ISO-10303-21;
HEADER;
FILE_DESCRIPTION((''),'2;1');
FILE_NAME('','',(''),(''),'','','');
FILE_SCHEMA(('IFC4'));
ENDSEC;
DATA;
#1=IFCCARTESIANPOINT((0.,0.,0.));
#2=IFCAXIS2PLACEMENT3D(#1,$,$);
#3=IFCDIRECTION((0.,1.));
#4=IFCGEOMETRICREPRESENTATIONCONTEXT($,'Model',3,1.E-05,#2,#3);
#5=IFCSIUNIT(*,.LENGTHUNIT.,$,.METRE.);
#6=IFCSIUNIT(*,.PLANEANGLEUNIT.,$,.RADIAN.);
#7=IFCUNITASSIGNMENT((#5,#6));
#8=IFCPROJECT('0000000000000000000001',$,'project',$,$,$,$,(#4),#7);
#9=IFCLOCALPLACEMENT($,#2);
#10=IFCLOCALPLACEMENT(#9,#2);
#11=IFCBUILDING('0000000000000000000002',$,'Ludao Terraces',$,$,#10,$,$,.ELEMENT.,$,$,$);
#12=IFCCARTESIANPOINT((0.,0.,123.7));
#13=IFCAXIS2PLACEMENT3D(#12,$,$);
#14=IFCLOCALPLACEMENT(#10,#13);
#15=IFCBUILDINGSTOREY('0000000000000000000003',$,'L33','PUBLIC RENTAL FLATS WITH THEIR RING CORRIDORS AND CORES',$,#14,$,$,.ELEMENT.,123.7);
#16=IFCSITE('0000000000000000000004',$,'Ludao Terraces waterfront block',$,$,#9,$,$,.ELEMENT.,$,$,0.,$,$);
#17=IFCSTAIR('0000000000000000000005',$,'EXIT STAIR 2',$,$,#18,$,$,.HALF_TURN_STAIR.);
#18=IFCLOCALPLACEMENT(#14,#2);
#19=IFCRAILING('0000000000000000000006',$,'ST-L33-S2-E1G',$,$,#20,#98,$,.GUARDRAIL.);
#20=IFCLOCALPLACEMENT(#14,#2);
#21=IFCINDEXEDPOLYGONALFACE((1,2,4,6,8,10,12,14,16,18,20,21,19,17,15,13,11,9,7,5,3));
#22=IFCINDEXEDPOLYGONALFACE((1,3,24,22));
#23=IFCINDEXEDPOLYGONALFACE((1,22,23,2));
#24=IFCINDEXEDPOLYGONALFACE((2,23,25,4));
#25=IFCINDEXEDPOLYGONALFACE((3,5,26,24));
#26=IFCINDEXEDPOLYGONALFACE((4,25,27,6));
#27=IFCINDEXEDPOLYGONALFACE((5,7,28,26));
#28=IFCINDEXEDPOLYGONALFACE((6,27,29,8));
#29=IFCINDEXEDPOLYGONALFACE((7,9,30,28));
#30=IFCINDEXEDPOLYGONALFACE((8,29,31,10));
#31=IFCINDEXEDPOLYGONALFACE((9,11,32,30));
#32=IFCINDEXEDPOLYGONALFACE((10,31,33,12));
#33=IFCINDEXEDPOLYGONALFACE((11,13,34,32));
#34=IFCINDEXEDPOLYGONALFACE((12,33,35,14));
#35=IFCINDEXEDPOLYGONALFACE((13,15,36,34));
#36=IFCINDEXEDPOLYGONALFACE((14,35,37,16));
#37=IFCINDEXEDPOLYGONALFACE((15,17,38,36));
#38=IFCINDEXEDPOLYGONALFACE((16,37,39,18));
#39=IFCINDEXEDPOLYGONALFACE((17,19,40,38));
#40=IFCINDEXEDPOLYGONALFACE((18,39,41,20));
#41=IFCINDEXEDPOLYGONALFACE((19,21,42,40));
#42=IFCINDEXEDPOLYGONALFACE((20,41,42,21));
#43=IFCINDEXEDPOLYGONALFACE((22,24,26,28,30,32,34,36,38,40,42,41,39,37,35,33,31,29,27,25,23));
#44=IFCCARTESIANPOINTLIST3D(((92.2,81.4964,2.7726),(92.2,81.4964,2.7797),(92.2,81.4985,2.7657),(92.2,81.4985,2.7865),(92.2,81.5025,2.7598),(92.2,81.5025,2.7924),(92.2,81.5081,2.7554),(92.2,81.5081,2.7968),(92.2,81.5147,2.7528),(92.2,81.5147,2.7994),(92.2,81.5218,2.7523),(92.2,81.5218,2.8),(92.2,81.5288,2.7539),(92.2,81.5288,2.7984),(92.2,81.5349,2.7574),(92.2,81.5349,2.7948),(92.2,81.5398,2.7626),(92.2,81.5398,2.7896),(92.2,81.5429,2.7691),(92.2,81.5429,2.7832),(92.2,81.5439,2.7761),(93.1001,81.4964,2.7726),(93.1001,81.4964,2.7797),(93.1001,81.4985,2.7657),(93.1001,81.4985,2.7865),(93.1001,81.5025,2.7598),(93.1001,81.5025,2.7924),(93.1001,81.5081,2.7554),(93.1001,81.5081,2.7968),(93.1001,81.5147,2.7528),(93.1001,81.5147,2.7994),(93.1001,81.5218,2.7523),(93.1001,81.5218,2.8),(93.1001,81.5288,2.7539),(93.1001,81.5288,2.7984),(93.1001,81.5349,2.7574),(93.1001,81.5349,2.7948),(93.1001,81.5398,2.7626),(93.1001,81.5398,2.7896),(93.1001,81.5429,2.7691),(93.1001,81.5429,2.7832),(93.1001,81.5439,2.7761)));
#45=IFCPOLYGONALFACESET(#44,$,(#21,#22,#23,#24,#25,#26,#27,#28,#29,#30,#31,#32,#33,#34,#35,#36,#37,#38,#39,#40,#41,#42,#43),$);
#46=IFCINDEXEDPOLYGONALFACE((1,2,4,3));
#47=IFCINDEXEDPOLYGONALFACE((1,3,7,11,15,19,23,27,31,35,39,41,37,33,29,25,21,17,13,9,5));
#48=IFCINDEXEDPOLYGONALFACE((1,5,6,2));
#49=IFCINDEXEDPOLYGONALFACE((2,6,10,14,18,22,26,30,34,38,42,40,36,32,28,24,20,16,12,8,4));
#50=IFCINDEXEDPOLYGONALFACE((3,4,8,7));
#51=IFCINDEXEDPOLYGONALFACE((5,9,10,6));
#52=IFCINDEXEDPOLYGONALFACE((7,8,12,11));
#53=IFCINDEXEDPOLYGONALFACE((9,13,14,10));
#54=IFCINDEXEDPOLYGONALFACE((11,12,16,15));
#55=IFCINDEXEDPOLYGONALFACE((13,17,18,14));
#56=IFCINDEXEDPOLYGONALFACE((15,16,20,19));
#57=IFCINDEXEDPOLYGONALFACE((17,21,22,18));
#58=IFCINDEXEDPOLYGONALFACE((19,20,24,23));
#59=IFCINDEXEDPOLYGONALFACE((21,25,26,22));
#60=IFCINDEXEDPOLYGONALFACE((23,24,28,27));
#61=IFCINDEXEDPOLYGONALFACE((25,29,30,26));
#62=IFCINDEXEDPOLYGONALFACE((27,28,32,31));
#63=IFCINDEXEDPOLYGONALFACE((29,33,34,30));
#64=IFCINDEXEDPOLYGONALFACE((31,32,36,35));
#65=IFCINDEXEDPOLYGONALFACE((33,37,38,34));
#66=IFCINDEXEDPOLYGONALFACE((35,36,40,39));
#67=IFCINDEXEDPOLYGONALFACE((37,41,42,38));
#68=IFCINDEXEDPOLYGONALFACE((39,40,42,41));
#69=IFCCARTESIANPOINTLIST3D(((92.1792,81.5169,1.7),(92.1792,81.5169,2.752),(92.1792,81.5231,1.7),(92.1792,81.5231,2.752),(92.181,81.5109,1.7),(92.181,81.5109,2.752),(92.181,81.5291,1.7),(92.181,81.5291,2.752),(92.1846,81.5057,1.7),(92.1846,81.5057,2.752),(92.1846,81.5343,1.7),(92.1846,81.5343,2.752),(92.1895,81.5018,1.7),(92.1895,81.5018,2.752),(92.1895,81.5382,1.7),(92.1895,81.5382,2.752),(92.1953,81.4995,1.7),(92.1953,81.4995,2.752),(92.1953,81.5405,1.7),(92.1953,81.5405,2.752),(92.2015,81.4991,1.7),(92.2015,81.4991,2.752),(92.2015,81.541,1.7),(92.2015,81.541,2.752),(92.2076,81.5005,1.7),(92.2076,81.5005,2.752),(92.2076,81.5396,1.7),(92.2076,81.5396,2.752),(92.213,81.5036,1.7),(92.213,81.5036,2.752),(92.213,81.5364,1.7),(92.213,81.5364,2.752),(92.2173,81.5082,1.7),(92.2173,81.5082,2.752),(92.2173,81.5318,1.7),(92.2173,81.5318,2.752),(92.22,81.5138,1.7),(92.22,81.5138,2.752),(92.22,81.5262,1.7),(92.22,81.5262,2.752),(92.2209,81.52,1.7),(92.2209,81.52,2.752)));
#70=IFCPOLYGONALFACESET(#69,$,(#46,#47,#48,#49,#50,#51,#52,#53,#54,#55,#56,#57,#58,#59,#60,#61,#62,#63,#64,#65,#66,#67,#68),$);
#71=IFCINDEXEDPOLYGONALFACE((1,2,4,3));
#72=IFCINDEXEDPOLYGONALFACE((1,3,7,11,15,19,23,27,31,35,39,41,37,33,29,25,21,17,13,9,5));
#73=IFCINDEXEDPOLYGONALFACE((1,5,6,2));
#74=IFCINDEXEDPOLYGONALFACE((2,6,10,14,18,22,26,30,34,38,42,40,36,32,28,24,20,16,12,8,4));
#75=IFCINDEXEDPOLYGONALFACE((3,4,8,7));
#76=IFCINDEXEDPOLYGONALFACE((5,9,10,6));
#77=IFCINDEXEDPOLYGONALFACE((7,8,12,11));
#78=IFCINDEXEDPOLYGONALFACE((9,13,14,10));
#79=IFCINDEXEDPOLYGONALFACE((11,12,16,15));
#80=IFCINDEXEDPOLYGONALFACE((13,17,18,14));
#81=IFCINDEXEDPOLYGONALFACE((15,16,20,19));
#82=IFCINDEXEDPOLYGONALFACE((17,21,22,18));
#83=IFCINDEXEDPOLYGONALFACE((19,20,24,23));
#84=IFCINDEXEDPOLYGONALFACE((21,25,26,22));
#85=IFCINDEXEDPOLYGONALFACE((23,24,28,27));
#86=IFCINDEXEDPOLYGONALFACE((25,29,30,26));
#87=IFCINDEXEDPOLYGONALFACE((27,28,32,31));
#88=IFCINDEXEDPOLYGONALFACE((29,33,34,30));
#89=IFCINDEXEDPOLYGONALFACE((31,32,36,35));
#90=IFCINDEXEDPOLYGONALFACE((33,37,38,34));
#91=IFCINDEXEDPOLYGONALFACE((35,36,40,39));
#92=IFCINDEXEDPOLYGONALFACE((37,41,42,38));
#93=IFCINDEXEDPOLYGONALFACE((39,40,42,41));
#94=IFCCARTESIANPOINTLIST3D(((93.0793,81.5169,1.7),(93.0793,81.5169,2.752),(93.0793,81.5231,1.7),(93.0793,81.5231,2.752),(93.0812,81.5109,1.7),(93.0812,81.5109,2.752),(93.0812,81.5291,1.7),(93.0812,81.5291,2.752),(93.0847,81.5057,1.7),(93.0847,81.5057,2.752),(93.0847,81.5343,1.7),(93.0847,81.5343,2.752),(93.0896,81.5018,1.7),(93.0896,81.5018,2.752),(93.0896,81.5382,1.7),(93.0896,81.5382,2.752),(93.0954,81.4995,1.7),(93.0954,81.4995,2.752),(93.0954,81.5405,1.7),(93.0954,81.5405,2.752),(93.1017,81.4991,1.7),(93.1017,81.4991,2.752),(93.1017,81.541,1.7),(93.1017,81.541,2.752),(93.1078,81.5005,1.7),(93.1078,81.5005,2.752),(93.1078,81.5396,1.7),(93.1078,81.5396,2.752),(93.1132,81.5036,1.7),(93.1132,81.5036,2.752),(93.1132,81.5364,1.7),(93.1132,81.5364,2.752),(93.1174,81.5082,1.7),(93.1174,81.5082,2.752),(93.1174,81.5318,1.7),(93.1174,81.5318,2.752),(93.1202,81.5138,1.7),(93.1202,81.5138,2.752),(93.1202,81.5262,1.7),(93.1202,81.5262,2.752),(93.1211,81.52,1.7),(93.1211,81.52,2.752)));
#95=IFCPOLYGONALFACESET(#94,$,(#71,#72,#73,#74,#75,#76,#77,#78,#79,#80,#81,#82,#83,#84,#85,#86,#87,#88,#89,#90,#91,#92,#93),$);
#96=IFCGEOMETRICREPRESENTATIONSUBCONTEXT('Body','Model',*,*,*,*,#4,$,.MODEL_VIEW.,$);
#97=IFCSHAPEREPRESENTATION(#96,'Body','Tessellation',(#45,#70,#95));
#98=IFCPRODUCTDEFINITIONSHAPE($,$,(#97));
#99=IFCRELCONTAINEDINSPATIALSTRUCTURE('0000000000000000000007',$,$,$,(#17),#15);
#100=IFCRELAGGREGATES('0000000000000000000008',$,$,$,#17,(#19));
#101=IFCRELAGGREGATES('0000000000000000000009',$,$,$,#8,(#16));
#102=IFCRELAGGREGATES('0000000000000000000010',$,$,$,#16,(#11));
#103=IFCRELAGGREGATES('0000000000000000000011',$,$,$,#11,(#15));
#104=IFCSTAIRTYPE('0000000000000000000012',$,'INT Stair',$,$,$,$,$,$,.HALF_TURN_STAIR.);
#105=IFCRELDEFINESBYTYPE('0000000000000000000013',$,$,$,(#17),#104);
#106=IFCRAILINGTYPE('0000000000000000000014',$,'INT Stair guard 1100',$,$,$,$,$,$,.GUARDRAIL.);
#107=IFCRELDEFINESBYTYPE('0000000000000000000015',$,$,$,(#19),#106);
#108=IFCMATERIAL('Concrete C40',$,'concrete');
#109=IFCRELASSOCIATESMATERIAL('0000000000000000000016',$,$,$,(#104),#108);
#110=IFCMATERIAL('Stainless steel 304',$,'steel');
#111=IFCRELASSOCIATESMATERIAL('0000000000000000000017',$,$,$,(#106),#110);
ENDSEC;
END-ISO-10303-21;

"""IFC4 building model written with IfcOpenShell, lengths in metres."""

from ifc_helpers import new_model, si_unit, direction, frame, origin, origin_2d, place, context, subcontext, project, spatial, circle, extrude, material, type_object, element, aggregate, save


model = new_model("IFC4")

# Units and contexts
model_context = context("Model", 3, precision=1e-05, world=origin(), true_north=direction((0.0, 1.0)))
body_context = subcontext(model_context, "Body", "Model", "MODEL_VIEW")
ifc_project = project(units=[si_unit("LENGTHUNIT", "METRE"), si_unit("PLANEANGLEUNIT", "RADIAN")], contexts=[model_context])

# Site, building, storey
site_placement = place(None, origin())
site = spatial("IfcSite", under=ifc_project, at=site_placement, Name="Ludao Terraces waterfront block", CompositionType="ELEMENT", RefElevation=0.0)
building_placement = place(site_placement, origin())
building = spatial("IfcBuilding", under=site, at=building_placement, Name="Ludao Terraces", CompositionType="ELEMENT")
storey_placement = place(building_placement, frame((0.0, 0.0, 123.7)))
storey = spatial("IfcBuildingStorey", under=building, at=storey_placement, Name="L33", Description="PUBLIC RENTAL FLATS WITH THEIR RING CORRIDORS AND CORES", CompositionType="ELEMENT", Elevation=123.7)

# Shared definitions
ifc_material_1 = material(Name="Stainless steel 304", Category="steel")

# Stair, railing
ifc_material_2 = material(Name="Concrete C40", Category="concrete")
stair_type = type_object("IfcStairType", Name="INT Stair", PredefinedType="HALF_TURN_STAIR", material=ifc_material_2)
stair_placement = place(storey_placement, origin())
stair = element("IfcStair", 1, at=stair_placement, inside=storey, type_object=stair_type, Name="EXIT STAIR 2", PredefinedType="HALF_TURN_STAIR")
railing_type = type_object("IfcRailingType", Name="INT Stair guard 1100", PredefinedType="GUARDRAIL", material=ifc_material_1)
railing_1_placement = place(storey_placement, frame((92.2, 81.52, 1.7)))
railing_1 = element("IfcRailing", 2, at=railing_1_placement, type_object=railing_type, Name="ST-L33-S2-E1G", PredefinedType="GUARDRAIL", context=body_context, shape_type="SweptSolid", body=[
    extrude(circle(Radius=0.0239, at=origin_2d()), frame((0.0, 0.0, 1.0762), z_axis=(1.0, 0.0, 0.0), x_axis=(0.0, 1.0, 0.0)), (0.0, 0.0, 1.0), 0.9001),
    extrude(circle(Radius=0.021, at=origin_2d()), origin(), (0.0, 0.0, 1.0), 1.052),
    extrude(circle(Radius=0.021, at=origin_2d()), frame((0.9001, 0.0, 0.0)), (0.0, 0.0, 1.0), 1.052),
])
aggregate(stair, [railing_1])

save(model, "model.ifc")
